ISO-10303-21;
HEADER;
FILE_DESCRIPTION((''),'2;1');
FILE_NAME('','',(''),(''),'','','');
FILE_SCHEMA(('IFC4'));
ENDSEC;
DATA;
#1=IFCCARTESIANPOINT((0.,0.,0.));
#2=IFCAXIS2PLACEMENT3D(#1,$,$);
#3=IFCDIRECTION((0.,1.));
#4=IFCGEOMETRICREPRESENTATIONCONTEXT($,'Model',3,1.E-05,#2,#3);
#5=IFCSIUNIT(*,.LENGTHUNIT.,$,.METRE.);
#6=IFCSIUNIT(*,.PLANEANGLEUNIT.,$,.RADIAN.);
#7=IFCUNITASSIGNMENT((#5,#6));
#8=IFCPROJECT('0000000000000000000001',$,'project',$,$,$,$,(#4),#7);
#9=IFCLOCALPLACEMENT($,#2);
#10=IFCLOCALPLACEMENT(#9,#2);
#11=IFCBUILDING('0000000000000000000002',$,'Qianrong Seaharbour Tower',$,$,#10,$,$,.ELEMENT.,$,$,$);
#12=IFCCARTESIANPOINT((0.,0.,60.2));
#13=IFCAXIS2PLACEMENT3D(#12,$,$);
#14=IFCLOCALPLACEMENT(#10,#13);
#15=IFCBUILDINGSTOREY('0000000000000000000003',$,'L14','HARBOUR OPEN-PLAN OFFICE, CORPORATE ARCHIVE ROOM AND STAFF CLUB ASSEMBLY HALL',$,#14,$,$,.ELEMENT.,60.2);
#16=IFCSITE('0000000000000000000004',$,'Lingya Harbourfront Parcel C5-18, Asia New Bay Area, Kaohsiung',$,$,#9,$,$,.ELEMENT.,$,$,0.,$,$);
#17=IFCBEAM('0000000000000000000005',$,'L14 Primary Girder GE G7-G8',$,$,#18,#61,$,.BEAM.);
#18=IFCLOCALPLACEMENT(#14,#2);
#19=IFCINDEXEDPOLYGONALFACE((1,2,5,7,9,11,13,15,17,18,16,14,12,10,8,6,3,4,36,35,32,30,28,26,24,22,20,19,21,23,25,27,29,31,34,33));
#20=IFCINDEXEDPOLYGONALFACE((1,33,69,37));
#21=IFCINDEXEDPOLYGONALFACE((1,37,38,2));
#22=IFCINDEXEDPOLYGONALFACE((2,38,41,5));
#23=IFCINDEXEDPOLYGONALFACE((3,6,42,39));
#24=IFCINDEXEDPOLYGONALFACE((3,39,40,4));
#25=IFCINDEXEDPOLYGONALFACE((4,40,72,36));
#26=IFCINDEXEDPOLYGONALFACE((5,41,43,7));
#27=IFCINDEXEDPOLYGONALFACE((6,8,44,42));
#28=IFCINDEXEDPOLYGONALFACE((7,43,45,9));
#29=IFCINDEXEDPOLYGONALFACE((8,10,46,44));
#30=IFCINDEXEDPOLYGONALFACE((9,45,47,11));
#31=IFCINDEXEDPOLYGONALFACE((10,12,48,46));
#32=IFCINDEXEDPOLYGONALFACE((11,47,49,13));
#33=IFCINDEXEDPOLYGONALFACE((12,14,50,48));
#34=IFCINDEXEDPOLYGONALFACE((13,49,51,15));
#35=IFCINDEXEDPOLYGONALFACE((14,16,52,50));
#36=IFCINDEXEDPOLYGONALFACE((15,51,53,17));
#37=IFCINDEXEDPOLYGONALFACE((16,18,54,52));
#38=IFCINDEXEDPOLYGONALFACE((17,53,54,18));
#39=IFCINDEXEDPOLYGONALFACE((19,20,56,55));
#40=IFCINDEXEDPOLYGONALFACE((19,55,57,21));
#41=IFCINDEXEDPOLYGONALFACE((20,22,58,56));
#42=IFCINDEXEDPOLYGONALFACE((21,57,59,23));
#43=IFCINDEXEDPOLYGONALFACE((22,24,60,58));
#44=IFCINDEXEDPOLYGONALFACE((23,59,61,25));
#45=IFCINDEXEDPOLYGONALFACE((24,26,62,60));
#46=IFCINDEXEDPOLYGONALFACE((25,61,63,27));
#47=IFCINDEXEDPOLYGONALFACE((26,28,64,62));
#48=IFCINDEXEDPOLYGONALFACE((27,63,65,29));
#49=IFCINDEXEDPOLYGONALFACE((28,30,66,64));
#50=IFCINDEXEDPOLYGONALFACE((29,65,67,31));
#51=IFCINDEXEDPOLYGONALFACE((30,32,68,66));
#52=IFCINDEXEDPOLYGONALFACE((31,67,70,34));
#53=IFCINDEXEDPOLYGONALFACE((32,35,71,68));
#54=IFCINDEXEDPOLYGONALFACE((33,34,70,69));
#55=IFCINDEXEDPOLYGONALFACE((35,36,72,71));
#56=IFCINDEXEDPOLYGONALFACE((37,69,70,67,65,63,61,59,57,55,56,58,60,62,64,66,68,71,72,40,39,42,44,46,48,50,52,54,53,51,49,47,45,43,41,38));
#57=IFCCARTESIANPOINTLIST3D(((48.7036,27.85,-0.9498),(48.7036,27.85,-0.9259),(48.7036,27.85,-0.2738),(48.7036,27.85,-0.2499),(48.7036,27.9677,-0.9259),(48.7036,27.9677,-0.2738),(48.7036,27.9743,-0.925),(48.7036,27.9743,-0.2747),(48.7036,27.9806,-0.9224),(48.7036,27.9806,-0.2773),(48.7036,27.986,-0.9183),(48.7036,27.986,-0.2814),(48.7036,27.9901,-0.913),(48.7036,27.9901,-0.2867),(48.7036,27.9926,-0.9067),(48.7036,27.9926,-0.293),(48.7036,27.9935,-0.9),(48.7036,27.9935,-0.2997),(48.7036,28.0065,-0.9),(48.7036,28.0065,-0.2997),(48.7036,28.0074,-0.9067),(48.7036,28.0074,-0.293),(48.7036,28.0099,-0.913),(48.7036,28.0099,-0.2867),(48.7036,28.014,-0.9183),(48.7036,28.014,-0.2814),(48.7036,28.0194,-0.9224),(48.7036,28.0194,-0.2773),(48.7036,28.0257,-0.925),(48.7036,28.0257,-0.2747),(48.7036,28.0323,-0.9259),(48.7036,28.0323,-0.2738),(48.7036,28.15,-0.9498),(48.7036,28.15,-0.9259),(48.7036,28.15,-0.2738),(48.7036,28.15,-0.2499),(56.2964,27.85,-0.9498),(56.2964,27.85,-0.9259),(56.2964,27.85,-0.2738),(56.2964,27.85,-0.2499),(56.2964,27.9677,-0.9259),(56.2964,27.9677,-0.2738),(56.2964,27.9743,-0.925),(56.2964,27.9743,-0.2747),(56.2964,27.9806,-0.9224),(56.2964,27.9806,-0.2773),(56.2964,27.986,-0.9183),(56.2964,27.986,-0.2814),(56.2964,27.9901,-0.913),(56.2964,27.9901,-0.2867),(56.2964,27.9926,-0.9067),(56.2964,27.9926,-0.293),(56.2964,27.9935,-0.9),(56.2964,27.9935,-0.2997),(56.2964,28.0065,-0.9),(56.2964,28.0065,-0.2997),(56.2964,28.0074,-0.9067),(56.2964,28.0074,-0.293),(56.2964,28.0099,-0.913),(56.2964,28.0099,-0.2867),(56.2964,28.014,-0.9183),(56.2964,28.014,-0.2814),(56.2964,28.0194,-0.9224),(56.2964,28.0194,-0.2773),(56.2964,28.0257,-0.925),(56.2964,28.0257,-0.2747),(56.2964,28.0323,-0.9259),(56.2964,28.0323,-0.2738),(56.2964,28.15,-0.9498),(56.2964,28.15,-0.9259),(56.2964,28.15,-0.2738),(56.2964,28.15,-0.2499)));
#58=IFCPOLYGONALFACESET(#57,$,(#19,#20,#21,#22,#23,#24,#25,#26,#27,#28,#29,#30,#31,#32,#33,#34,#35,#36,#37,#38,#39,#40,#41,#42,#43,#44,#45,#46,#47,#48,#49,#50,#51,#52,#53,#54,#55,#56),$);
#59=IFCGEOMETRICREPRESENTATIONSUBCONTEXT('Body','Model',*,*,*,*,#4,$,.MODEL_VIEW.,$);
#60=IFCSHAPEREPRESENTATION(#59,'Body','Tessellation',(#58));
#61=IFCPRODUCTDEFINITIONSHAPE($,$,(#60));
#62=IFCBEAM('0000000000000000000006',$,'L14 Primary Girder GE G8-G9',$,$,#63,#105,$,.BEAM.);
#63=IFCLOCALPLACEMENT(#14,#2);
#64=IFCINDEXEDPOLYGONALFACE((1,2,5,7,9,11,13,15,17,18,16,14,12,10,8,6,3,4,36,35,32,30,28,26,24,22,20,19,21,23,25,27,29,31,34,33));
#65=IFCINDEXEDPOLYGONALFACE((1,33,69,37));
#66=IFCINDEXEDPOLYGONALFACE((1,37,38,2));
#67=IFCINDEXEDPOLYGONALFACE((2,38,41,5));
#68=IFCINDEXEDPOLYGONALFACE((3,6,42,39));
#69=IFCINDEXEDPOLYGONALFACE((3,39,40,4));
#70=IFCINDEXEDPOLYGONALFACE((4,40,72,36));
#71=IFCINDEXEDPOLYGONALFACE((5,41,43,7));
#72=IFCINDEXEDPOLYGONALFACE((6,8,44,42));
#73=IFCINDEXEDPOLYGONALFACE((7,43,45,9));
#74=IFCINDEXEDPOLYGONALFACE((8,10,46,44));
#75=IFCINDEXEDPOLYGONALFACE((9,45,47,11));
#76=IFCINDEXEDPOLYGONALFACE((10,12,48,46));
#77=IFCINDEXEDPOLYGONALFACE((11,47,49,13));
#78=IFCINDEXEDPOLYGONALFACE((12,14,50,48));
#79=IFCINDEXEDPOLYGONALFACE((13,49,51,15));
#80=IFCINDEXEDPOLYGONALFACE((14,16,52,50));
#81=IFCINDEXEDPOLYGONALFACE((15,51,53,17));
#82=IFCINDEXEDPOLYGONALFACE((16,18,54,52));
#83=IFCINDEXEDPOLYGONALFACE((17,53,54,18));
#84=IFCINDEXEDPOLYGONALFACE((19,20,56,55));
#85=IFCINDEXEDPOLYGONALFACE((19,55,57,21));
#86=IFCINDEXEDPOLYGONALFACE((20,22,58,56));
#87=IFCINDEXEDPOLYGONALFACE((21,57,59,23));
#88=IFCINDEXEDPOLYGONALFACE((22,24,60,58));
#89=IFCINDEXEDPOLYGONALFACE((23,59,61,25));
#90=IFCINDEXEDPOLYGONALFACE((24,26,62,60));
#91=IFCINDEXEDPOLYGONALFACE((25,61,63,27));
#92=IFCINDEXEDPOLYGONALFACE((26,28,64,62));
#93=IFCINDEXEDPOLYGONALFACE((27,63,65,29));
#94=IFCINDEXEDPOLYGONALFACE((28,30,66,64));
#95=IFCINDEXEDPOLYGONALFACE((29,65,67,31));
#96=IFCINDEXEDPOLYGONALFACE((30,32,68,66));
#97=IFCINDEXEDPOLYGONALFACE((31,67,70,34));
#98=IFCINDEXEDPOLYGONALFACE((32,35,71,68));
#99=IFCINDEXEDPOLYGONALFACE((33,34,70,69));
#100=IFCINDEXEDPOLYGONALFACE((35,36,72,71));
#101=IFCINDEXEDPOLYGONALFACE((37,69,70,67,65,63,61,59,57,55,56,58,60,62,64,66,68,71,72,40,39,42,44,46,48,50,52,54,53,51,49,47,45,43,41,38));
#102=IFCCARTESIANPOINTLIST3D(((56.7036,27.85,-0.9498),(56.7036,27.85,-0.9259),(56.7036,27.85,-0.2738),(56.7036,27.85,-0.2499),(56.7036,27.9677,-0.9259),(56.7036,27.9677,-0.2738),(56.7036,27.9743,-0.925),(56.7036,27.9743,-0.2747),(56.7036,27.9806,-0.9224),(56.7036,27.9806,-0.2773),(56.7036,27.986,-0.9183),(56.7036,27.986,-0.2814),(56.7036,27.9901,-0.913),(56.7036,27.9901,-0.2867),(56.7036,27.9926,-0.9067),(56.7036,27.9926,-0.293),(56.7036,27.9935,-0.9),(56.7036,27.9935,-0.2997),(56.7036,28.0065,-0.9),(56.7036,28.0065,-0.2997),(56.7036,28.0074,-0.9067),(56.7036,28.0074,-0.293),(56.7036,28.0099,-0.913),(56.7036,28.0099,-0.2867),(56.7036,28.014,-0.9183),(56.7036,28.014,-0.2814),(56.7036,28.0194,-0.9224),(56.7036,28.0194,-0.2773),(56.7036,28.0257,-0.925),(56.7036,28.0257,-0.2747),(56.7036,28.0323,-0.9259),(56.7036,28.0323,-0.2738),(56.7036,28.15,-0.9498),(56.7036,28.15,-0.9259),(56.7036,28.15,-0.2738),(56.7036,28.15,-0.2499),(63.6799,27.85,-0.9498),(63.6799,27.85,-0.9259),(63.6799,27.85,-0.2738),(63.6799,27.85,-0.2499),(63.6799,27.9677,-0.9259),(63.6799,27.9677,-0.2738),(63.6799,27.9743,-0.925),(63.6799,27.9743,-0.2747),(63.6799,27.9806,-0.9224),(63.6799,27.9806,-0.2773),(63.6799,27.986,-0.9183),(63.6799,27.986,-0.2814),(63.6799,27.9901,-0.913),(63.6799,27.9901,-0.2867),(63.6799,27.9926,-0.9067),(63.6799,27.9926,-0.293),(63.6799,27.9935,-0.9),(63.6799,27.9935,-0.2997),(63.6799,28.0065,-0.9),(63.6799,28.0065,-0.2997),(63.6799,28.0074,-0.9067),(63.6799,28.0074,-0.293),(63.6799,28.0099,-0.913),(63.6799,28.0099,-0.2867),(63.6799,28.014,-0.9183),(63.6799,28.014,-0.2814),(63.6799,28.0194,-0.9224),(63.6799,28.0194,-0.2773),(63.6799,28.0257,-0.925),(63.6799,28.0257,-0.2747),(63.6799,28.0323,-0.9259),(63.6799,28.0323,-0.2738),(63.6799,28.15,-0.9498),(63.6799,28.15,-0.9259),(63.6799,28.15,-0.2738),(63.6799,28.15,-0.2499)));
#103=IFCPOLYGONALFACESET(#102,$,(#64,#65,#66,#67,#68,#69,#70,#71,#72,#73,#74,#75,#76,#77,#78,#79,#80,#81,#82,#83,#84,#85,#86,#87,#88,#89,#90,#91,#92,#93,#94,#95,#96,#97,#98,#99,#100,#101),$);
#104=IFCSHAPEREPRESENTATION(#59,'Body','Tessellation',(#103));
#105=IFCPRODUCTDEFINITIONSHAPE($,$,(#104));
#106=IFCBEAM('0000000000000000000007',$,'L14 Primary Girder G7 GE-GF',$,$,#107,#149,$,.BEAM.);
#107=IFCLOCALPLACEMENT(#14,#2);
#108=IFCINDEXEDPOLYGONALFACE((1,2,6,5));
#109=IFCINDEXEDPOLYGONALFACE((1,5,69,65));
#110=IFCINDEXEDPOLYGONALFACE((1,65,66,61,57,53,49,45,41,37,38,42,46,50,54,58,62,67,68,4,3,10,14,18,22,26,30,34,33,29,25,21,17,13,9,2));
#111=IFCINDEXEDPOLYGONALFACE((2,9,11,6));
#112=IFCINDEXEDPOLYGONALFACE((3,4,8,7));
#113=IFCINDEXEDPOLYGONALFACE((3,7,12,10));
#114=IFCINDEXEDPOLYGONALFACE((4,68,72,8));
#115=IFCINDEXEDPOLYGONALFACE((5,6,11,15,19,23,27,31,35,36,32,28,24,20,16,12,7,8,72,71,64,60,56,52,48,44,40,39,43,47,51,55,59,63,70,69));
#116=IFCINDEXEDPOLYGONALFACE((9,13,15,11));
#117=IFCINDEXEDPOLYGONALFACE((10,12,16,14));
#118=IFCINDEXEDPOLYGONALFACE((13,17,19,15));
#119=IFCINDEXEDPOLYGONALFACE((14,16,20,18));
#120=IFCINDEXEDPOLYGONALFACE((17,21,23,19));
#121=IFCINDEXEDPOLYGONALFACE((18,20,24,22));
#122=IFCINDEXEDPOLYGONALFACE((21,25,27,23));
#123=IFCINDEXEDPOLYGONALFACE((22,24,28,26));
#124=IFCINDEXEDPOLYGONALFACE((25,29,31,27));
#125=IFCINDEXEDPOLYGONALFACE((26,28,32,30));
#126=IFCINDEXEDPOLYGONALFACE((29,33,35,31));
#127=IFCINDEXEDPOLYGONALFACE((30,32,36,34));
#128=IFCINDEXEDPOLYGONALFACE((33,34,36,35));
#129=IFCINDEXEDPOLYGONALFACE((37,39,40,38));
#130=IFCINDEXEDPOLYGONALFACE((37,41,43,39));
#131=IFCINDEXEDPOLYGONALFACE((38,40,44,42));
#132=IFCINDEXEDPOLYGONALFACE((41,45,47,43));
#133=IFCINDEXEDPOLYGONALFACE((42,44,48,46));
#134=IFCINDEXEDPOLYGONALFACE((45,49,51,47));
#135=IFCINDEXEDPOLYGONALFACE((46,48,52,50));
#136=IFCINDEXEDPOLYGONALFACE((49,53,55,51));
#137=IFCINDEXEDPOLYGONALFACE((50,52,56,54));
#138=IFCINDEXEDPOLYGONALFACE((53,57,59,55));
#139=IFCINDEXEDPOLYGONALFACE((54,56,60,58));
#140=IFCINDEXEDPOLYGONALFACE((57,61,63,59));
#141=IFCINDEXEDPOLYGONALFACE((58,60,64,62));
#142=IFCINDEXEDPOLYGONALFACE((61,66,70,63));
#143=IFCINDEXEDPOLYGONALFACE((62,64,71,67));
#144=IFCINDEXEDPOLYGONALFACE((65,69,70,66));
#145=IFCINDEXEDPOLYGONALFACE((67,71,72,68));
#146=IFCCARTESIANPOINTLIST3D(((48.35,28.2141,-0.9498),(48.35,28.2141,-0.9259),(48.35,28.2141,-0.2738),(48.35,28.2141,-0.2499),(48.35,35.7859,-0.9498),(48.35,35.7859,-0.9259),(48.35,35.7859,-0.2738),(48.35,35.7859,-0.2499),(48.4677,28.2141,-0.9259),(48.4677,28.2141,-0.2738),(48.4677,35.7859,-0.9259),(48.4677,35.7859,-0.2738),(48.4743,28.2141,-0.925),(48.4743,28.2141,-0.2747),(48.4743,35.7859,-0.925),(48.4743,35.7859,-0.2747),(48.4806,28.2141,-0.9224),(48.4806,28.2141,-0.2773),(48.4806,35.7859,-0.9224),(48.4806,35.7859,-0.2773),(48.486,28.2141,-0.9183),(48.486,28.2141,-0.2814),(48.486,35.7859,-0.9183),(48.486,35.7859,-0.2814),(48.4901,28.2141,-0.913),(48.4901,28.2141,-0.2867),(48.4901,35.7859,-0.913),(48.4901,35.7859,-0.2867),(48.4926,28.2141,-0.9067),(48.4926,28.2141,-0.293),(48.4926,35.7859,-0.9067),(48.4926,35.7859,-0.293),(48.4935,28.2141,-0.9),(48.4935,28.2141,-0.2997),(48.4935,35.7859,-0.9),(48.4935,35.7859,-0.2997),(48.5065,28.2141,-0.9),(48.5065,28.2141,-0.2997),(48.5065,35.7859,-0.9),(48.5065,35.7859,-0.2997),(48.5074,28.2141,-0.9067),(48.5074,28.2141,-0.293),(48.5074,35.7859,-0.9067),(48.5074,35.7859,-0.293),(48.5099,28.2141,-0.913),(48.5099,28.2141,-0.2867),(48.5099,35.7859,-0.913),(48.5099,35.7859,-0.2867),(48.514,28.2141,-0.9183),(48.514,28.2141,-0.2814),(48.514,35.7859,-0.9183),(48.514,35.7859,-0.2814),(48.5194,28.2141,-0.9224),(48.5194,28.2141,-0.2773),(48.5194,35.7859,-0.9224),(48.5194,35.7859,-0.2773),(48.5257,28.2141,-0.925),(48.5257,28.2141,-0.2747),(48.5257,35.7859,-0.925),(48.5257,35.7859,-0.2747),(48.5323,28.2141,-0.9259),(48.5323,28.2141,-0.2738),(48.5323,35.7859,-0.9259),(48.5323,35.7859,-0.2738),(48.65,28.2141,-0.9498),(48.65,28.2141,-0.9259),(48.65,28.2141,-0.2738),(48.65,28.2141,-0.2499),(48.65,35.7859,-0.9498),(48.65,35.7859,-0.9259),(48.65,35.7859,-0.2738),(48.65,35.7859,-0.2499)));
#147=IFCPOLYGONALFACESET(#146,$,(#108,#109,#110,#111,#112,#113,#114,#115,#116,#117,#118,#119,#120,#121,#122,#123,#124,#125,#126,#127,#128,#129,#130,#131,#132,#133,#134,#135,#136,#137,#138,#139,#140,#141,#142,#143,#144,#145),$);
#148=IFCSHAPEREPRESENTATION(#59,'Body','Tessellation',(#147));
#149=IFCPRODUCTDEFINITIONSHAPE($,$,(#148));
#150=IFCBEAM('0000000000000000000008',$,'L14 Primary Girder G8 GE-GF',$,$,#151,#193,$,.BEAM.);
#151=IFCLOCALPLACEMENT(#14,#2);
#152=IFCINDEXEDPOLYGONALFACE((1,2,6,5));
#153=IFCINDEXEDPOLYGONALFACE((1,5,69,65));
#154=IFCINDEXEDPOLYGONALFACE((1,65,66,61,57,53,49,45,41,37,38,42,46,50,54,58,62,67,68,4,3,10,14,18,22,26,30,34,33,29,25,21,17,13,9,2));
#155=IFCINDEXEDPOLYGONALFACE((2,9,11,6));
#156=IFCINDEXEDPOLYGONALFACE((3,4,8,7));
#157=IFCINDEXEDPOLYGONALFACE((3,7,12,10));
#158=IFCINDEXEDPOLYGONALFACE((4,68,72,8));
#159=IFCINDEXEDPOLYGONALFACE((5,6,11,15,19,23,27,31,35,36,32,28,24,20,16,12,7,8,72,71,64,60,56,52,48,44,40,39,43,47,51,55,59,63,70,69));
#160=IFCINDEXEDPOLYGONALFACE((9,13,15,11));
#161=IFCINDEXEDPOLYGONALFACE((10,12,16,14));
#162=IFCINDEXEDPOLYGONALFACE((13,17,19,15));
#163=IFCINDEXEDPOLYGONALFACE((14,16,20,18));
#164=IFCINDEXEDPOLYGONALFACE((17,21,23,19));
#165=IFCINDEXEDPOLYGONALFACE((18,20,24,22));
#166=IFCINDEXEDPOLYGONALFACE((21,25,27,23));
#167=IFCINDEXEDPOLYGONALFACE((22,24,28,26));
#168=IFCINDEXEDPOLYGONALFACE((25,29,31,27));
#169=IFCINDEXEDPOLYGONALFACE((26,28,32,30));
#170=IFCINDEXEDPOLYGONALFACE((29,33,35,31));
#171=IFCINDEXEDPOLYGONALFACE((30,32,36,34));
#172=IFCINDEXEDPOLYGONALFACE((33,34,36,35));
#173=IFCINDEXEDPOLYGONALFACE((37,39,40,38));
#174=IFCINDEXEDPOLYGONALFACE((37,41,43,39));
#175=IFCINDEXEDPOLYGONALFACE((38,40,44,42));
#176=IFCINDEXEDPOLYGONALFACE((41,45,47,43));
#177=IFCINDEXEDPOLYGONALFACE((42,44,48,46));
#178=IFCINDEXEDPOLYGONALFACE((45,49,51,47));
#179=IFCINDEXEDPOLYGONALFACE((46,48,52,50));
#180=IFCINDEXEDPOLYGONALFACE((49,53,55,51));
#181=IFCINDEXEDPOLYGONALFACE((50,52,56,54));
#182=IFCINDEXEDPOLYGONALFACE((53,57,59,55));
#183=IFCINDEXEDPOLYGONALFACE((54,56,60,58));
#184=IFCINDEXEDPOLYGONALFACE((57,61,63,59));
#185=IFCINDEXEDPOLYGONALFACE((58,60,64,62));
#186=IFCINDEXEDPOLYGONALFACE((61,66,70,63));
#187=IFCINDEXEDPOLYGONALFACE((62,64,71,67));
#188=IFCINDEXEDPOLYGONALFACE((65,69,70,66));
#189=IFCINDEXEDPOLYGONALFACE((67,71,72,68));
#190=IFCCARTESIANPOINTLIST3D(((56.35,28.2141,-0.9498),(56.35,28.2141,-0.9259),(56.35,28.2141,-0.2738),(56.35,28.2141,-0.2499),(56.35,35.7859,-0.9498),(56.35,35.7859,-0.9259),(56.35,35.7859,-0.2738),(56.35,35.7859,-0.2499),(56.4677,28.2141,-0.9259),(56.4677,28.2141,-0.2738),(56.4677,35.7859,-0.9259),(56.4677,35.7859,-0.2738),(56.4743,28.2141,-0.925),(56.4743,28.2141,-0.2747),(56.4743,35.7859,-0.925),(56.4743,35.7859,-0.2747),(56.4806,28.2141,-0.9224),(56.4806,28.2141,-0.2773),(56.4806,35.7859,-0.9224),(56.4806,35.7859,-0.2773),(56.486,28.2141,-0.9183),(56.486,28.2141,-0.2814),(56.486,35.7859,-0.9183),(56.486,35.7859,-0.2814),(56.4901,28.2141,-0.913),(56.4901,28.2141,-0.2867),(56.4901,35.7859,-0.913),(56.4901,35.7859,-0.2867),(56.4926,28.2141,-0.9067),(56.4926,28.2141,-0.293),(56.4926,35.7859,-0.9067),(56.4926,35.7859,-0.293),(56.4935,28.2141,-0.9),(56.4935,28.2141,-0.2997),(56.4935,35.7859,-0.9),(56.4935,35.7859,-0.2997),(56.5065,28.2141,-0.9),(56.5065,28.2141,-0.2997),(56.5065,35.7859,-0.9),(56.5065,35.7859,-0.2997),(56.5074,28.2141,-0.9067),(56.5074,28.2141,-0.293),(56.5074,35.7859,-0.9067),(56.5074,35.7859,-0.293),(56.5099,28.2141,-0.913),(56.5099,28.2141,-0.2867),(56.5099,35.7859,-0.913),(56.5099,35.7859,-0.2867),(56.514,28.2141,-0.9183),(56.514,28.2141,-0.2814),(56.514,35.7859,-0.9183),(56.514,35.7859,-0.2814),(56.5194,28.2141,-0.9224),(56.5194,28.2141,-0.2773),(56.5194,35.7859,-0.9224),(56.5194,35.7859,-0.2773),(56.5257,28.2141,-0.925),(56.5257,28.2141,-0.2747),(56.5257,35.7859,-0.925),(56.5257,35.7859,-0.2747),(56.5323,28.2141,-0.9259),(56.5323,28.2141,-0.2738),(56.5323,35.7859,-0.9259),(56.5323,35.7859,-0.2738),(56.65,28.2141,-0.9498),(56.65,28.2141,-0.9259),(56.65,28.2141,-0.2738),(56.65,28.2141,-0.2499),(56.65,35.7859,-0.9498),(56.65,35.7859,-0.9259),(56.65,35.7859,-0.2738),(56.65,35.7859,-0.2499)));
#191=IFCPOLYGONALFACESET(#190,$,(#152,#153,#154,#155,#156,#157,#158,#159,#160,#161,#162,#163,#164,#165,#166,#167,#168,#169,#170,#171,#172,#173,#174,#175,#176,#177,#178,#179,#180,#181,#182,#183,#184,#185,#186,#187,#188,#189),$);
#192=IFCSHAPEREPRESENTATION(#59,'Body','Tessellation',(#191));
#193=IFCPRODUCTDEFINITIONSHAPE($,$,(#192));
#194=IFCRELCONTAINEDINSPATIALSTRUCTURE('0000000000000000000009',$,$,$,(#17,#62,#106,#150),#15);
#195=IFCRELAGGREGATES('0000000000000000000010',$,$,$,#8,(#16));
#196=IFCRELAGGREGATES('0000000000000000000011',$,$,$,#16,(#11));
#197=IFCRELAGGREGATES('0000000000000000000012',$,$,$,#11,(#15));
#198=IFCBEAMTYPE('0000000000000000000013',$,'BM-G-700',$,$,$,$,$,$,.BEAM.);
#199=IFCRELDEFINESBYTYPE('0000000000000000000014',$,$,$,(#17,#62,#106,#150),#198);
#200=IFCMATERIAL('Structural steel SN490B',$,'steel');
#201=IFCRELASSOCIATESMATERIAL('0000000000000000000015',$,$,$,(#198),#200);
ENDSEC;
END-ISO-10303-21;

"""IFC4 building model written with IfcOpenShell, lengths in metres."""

from ifc_helpers import new_model, si_unit, direction, frame, origin, origin_2d, place, context, subcontext, project, spatial, i_section, extrude, material, material_profile, profile_set, type_object, element, save


model = new_model("IFC4")

# Units and contexts
model_context = context("Model", 3, precision=1e-05, world=origin(), true_north=direction((0.0, 1.0)))
body_context = subcontext(model_context, "Body", "Model", "MODEL_VIEW")
ifc_project = project(units=[si_unit("LENGTHUNIT", "METRE"), si_unit("PLANEANGLEUNIT", "RADIAN")], contexts=[model_context])

# Site, building, storey
site_placement = place(None, origin())
site = spatial("IfcSite", under=ifc_project, at=site_placement, Name="Lingya Harbourfront Parcel C5-18, Asia New Bay Area, Kaohsiung", CompositionType="ELEMENT", RefElevation=0.0)
building_placement = place(site_placement, origin())
building = spatial("IfcBuilding", under=site, at=building_placement, Name="Qianrong Seaharbour Tower", CompositionType="ELEMENT")
storey_placement = place(building_placement, frame((0.0, 0.0, 60.2)))
storey = spatial("IfcBuildingStorey", under=building, at=storey_placement, Name="L14", Description="HARBOUR OPEN-PLAN OFFICE, CORPORATE ARCHIVE ROOM AND STAFF CLUB ASSEMBLY HALL", CompositionType="ELEMENT", Elevation=60.2)

# Shared definitions
ifc_material_1 = material(Name="Structural steel SN490B", Category="steel")

# Beams
ifc_material_profile_1 = material_profile(ifc_material_1, i_section(OverallWidth=0.3, OverallDepth=0.7, WebThickness=0.0129, FlangeThickness=0.0239, FilletRadius=0.0259, at=origin_2d()), Name="H700x300x13x24")
ifc_profile_set_1 = profile_set([ifc_material_profile_1], Name="Structural steel SN490B")
beam_type_1 = type_object("IfcBeamType", Name="BM-G-700", PredefinedType="BEAM", material=ifc_profile_set_1)
beam_1_placement = place(storey_placement, frame((48.7036, 28.0, -0.5999), z_axis=(1.0, 0.0, 0.0), x_axis=(0.0, 1.0, 0.0)))
element("IfcBeam", 1, at=beam_1_placement, inside=storey, type_object=beam_type_1, Name="L14 Primary Girder GE G7-G8", PredefinedType="BEAM", context=body_context, shape_type="SweptSolid", body=[
    extrude(i_section(OverallWidth=0.3, OverallDepth=0.7, WebThickness=0.0129, FlangeThickness=0.0239, FilletRadius=0.0259, at=origin_2d()), origin(), (0.0, 0.0, 1.0), 7.5928),
])
beam_2_placement = place(storey_placement, frame((56.7036, 28.0, -0.5999), z_axis=(1.0, 0.0, 0.0), x_axis=(0.0, 1.0, 0.0)))
element("IfcBeam", 2, at=beam_2_placement, inside=storey, type_object=beam_type_1, Name="L14 Primary Girder GE G8-G9", PredefinedType="BEAM", context=body_context, shape_type="SweptSolid", body=[
    extrude(i_section(OverallWidth=0.3, OverallDepth=0.7, WebThickness=0.0129, FlangeThickness=0.0239, FilletRadius=0.0259, at=origin_2d()), origin(), (0.0, 0.0, 1.0), 6.9763),
])
for number, where, z_axis, x_axis, name in (
    (3, (48.5, 28.2141, -0.5999), (0.0, 1.0, 0.0), (-1.0, 0.0, 0.0), "L14 Primary Girder G7 GE-GF"),
    (4, (56.5, 28.2141, -0.5999), (0.0, 1.0, 0.0), (-1.0, 0.0, 0.0), "L14 Primary Girder G8 GE-GF"),
):
    element("IfcBeam", number, at=place(storey_placement, frame(where, z_axis=z_axis, x_axis=x_axis)), inside=storey, type_object=beam_type_1, Name=name, PredefinedType="BEAM", context=body_context, shape_type="SweptSolid", body=[
        extrude(i_section(OverallWidth=0.3, OverallDepth=0.7, WebThickness=0.0129, FlangeThickness=0.0239, FilletRadius=0.0259, at=origin_2d()), origin(), (0.0, 0.0, 1.0), 7.5718),
    ])

save(model, "model.ifc")
